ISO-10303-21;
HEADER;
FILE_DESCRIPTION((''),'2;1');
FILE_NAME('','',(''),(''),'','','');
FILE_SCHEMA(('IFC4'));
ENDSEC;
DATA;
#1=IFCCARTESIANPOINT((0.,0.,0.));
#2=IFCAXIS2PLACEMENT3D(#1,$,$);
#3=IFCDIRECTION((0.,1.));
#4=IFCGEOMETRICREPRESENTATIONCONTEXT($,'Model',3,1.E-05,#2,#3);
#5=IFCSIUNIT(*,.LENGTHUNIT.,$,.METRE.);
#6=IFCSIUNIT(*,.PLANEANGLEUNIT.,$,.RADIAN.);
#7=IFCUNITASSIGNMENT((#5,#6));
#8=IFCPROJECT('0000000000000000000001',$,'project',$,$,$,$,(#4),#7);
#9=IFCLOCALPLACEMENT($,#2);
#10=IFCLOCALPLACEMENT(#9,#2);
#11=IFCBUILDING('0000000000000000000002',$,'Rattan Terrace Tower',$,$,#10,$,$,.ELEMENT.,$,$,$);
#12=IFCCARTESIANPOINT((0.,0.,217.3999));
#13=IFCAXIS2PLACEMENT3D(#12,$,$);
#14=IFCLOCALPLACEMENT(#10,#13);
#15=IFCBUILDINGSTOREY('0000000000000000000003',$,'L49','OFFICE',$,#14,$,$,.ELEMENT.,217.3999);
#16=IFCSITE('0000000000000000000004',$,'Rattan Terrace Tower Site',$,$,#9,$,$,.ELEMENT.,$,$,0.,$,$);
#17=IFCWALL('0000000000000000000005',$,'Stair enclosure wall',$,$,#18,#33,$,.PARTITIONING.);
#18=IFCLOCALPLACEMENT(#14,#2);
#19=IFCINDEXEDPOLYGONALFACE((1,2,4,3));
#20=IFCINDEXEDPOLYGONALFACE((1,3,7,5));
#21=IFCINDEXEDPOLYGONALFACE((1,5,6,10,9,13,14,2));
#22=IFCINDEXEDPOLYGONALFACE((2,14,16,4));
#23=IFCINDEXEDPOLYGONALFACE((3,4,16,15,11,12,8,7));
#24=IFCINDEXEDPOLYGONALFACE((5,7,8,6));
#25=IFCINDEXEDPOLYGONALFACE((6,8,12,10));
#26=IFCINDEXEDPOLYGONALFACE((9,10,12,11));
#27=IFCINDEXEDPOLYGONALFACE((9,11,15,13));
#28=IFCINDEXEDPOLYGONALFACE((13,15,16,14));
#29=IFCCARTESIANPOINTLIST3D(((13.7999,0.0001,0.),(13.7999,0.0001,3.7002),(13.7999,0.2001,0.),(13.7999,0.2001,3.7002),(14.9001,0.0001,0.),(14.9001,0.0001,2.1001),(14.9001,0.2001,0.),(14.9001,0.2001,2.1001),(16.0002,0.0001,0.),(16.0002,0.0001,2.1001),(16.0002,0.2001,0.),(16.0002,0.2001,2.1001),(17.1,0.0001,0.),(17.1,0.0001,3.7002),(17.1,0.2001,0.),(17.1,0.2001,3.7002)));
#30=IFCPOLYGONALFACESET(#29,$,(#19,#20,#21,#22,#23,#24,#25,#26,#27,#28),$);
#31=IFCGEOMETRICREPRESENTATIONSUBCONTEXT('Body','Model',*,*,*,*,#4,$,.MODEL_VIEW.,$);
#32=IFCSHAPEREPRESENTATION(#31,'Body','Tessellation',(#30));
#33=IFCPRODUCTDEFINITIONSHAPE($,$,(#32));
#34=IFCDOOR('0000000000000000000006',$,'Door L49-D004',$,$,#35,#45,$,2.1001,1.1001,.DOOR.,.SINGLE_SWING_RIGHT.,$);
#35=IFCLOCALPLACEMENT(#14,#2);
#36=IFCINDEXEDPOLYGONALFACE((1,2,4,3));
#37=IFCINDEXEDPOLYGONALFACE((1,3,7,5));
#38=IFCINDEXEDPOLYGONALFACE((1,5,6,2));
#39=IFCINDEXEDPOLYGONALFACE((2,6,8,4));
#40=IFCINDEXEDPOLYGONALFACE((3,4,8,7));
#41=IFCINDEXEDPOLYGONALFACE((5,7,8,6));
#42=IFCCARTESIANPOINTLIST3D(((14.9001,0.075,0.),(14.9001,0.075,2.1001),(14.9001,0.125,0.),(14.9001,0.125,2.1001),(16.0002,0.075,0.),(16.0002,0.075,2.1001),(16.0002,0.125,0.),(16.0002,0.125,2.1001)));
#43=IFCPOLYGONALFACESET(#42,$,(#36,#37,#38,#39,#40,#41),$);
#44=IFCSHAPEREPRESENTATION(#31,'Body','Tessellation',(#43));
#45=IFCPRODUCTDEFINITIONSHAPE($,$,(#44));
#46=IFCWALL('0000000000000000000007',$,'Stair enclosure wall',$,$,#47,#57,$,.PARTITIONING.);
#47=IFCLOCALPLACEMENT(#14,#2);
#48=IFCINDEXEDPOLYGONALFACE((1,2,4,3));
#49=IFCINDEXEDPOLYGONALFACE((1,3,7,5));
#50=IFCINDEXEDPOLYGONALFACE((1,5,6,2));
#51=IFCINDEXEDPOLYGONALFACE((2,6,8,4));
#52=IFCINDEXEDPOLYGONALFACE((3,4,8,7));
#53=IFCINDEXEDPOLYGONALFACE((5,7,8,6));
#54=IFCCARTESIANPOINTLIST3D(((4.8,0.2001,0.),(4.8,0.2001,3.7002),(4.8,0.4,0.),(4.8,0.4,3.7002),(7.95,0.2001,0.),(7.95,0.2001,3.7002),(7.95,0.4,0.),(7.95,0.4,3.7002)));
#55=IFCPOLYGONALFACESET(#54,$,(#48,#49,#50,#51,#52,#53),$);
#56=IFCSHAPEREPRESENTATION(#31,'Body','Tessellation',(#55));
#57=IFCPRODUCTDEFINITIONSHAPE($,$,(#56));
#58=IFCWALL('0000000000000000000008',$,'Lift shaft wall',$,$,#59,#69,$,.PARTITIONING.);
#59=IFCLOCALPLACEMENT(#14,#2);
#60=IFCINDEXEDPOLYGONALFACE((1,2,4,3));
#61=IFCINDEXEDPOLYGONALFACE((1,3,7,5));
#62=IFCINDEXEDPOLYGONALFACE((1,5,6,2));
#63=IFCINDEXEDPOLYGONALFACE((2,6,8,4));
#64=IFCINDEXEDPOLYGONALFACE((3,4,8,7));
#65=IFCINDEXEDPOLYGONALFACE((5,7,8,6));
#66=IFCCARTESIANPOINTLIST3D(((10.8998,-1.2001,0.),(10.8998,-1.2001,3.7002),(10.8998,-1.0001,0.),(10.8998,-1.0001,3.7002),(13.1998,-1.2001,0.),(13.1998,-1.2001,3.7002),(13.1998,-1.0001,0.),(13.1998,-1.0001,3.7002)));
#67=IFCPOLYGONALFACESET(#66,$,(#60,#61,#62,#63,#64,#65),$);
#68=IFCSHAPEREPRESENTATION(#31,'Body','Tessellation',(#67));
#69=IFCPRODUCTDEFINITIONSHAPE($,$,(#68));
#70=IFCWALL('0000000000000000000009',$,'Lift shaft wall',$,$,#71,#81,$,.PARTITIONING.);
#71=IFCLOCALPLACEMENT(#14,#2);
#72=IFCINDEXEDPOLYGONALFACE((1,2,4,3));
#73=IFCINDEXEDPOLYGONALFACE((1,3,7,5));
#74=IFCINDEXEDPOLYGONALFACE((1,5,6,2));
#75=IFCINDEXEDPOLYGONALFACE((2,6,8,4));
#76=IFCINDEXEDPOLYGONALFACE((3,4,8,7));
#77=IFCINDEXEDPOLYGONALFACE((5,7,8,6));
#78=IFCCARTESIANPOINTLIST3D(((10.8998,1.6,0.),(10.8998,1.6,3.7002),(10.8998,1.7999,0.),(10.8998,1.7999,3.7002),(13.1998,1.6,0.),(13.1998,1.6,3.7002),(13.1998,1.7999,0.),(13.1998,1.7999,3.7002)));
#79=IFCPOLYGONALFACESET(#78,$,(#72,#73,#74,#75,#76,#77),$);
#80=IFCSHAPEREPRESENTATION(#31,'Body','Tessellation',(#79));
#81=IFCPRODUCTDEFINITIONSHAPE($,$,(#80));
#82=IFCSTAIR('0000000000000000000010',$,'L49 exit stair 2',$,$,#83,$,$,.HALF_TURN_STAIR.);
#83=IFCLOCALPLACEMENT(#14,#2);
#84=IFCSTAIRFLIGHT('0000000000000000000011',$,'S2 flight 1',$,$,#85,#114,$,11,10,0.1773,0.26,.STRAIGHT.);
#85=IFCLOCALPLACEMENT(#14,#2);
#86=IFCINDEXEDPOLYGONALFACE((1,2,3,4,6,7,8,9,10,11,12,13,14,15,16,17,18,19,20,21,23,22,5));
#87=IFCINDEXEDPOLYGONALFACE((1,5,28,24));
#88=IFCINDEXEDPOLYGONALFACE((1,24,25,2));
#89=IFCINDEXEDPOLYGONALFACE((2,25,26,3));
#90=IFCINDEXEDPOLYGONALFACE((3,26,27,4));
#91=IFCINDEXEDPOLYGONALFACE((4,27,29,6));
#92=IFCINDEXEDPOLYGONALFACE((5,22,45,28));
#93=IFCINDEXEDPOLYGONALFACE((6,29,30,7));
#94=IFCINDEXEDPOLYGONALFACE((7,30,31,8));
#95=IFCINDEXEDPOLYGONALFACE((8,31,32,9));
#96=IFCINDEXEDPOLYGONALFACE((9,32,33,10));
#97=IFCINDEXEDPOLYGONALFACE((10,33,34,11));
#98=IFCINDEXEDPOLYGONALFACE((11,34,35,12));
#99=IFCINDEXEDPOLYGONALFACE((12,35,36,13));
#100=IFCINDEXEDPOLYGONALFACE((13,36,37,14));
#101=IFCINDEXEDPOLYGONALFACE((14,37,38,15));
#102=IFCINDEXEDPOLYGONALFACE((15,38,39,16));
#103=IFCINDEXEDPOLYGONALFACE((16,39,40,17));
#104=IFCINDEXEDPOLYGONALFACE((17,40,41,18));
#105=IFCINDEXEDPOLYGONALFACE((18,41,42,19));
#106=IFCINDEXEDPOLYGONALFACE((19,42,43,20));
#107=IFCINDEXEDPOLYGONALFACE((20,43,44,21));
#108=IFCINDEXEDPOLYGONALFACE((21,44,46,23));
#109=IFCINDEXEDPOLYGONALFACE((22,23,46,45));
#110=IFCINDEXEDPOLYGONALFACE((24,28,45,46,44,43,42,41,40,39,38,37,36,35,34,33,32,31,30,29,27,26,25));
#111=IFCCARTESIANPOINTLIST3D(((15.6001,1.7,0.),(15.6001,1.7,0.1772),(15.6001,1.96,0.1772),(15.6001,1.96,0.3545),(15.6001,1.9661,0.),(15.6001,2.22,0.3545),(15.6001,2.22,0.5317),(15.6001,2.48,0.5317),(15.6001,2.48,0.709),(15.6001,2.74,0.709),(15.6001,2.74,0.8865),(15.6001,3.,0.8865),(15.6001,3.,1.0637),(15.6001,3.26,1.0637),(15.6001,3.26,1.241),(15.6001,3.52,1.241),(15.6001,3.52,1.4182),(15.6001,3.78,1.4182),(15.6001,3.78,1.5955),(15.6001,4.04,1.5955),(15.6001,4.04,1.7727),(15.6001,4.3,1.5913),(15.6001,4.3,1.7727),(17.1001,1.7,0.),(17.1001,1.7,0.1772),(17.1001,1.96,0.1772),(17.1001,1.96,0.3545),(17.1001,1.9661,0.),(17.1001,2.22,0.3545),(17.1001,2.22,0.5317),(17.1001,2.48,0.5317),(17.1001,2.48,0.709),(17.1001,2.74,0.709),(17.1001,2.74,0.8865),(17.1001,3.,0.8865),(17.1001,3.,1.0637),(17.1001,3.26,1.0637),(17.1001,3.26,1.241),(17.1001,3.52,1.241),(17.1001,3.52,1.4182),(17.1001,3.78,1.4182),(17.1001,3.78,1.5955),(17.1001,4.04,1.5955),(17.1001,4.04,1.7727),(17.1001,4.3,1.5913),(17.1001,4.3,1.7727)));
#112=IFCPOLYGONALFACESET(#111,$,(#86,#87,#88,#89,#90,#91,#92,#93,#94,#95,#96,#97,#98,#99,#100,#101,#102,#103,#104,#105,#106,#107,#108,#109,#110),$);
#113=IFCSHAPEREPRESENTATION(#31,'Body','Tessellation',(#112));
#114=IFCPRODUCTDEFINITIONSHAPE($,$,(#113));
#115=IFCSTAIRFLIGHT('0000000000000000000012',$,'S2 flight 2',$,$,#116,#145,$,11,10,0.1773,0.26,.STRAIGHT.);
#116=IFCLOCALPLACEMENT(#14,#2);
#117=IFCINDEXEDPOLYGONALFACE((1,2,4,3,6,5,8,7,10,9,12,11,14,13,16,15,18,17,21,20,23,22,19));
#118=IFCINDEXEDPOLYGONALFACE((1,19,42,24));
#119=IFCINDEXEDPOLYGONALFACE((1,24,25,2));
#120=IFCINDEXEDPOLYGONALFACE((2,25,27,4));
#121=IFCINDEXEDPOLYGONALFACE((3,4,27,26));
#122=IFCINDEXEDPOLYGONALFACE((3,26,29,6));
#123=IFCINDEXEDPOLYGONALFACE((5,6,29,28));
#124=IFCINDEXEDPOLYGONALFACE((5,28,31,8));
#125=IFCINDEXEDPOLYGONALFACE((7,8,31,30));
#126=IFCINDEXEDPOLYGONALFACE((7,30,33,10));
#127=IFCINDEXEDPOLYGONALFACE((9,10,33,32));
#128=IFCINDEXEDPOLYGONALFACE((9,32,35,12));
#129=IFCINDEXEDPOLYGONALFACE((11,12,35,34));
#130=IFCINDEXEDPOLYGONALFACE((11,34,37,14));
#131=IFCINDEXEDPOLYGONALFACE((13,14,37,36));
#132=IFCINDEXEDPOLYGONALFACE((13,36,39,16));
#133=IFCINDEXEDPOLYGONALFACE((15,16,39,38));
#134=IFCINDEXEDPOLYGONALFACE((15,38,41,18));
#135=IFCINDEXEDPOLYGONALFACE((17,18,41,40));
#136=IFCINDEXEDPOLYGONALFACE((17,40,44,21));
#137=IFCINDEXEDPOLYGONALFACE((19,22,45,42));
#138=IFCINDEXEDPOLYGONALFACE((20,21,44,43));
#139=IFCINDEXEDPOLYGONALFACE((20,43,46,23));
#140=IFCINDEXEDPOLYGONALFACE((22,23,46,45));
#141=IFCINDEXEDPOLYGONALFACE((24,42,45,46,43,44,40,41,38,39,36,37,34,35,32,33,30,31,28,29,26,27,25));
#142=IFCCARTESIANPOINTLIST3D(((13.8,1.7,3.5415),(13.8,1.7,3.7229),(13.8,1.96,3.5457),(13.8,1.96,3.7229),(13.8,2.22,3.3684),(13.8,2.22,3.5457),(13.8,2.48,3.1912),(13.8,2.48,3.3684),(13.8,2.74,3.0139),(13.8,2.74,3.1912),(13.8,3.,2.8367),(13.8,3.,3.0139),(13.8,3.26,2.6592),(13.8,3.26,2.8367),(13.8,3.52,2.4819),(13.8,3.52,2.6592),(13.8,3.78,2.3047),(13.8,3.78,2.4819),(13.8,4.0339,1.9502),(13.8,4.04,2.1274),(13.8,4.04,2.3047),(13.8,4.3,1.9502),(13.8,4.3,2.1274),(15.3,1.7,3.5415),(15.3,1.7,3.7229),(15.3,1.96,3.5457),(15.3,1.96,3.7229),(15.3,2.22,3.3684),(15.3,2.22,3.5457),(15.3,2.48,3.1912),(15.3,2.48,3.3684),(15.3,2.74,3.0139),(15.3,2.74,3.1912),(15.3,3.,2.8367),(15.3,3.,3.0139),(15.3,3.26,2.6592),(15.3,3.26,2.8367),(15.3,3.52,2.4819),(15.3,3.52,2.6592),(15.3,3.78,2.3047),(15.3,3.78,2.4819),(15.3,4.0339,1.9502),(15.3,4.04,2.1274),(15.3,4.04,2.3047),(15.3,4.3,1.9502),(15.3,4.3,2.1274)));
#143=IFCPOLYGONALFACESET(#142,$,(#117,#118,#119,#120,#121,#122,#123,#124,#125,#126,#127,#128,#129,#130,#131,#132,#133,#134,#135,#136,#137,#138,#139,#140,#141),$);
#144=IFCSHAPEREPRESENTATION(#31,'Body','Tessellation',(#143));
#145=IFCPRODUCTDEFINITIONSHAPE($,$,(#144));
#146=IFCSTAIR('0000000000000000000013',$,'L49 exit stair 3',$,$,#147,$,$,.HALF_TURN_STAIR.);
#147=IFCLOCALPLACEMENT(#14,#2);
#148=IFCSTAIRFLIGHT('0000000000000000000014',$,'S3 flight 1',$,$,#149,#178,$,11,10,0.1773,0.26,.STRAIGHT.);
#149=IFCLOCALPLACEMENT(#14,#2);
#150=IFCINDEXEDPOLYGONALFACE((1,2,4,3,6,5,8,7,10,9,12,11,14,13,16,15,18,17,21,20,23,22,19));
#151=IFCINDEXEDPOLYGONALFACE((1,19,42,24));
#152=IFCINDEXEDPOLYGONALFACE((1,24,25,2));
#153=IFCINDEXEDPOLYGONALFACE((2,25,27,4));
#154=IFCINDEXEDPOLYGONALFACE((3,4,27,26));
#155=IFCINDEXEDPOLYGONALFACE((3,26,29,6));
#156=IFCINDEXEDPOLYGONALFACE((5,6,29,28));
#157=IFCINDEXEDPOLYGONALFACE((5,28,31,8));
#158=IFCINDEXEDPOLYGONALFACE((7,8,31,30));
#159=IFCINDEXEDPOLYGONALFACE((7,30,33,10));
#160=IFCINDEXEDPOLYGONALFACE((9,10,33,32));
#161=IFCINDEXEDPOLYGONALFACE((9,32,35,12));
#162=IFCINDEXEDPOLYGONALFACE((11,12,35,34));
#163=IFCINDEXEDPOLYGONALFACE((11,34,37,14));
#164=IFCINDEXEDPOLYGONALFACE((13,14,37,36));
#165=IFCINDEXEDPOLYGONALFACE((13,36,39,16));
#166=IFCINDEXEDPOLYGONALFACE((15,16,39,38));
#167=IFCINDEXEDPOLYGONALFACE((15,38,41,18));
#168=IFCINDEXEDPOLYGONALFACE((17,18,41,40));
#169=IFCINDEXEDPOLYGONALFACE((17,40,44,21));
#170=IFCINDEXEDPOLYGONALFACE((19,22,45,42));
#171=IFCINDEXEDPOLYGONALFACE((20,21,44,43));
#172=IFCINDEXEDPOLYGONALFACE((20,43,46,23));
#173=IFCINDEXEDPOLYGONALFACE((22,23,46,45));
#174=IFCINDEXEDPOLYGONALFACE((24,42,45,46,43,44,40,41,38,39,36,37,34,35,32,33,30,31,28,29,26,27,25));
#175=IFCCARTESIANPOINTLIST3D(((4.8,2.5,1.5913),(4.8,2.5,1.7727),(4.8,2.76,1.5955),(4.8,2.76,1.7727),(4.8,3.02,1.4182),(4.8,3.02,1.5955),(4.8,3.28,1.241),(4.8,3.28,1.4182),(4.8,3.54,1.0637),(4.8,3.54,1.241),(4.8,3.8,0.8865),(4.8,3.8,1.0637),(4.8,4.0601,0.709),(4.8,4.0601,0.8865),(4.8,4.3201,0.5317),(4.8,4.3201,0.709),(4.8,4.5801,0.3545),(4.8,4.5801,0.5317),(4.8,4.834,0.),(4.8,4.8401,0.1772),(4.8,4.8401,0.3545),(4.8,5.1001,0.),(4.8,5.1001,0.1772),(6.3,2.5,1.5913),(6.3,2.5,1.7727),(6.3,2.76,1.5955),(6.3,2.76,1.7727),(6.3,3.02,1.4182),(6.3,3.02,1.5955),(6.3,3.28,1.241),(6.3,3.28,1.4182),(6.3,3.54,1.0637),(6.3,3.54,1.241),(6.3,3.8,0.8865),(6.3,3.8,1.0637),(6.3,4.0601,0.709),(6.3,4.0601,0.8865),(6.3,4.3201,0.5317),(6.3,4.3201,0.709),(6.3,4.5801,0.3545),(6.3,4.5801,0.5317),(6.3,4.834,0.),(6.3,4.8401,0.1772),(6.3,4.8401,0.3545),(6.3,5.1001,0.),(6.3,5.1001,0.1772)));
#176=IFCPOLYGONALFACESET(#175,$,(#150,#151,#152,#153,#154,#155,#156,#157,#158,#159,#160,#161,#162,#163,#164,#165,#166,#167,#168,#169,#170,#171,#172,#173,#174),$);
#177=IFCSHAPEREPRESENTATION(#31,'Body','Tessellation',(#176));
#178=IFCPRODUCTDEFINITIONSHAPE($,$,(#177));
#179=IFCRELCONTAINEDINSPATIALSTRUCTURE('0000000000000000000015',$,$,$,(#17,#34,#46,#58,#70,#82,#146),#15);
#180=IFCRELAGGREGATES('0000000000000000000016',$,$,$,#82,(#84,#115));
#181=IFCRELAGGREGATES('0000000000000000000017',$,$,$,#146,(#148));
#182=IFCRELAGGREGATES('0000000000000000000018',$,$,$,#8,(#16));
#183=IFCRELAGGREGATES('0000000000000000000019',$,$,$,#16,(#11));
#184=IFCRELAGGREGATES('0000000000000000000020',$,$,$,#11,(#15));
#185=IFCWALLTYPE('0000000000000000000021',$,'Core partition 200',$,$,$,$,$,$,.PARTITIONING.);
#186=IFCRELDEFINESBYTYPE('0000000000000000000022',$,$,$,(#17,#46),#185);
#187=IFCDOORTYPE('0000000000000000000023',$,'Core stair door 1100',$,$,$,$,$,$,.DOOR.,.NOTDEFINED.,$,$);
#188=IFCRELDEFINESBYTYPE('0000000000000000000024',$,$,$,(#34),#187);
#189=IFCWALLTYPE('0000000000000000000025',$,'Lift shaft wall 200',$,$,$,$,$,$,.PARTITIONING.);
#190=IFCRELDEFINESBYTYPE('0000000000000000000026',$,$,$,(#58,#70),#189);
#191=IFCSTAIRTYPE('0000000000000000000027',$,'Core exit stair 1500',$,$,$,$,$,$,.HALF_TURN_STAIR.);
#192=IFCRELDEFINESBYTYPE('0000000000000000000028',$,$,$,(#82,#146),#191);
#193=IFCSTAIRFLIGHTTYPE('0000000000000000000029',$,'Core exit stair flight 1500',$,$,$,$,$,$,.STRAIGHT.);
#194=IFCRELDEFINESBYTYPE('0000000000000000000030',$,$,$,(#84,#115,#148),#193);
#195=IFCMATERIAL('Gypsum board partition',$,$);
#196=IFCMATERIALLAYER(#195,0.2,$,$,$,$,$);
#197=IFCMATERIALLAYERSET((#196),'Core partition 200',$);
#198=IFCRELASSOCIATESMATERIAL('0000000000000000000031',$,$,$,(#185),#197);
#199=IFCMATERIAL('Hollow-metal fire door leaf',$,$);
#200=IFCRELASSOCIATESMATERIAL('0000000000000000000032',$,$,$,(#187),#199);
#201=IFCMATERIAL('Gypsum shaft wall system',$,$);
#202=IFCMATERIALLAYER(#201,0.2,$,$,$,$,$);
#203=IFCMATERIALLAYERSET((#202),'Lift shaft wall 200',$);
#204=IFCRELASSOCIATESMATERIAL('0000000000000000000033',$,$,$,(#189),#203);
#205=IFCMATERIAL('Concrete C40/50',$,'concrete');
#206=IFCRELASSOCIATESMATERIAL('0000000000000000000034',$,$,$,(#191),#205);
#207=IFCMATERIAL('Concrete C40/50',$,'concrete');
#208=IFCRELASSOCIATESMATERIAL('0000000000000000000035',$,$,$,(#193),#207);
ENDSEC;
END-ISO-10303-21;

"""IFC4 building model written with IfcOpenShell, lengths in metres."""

from ifc_helpers import new_model, si_unit, direction, frame, frame_2d, origin, place, context, subcontext, project, spatial, polyline, rectangle, outline, extrude, material, layer, layer_set, type_object, element, fill, aggregate, save


model = new_model("IFC4")

# Units and contexts
model_context = context("Model", 3, precision=1e-05, world=origin(), true_north=direction((0.0, 1.0)))
body_context = subcontext(model_context, "Body", "Model", "MODEL_VIEW")
ifc_project = project(units=[si_unit("LENGTHUNIT", "METRE"), si_unit("PLANEANGLEUNIT", "RADIAN")], contexts=[model_context])

# Site, building, storey
site_placement = place(None, origin())
site = spatial("IfcSite", under=ifc_project, at=site_placement, Name="Rattan Terrace Tower Site", CompositionType="ELEMENT", RefElevation=0.0)
building_placement = place(site_placement, origin())
building = spatial("IfcBuilding", under=site, at=building_placement, Name="Rattan Terrace Tower", CompositionType="ELEMENT")
storey_placement = place(building_placement, frame((0.0, 0.0, 217.3999)))
storey = spatial("IfcBuildingStorey", under=building, at=storey_placement, Name="L49", Description="OFFICE", CompositionType="ELEMENT", Elevation=217.3999)

# Wall, opening, door
ifc_material_1 = material(Name="Gypsum board partition")
ifc_layer_1 = layer(ifc_material_1, 0.2)
ifc_layer_set_1 = layer_set([ifc_layer_1], Name="Core partition 200")
wall_type_1 = type_object("IfcWallType", Name="Core partition 200", PredefinedType="PARTITIONING", material=ifc_layer_set_1)
wall_1_placement = place(storey_placement, frame((13.8, 0.1001, 0.0), z_axis=(0.0, 0.0, 1.0), x_axis=(1.0, 0.0, 0.0)))
wall_1 = element("IfcWall", 1, at=wall_1_placement, inside=storey, type_object=wall_type_1, Name="Stair enclosure wall", PredefinedType="PARTITIONING", context=body_context, shape_type="SweptSolid", body=[
    extrude(rectangle(XDim=3.3, YDim=0.2, at=frame_2d((1.6499, 0.0))), origin(), (0.0, 0.0, 1.0), 3.7002),
])
opening_placement = place(wall_1_placement, frame((1.1001, 0.0, 0.0)))
opening = element("IfcOpeningElement", 2, at=opening_placement, cuts=wall_1, PredefinedType="OPENING", context=body_context, shape_type="SweptSolid", body=[
    extrude(rectangle(XDim=1.1001, YDim=2.1001, at=frame_2d((0.55, 1.05))), frame((0.0, 0.1106, 0.0), z_axis=(0.0, -1.0, 0.0), x_axis=(1.0, 0.0, 0.0)), (0.0, 0.0, 1.0), 0.2209),
])
ifc_material_2 = material(Name="Hollow-metal fire door leaf")
door_type = type_object("IfcDoorType", Name="Core stair door 1100", OperationType="NOTDEFINED", PredefinedType="DOOR", material=ifc_material_2)
door_placement = place(opening_placement, origin())
door = element("IfcDoor", 3, at=door_placement, inside=storey, type_object=door_type, Name="Door L49-D004", OperationType="SINGLE_SWING_RIGHT", OverallHeight=2.1001, OverallWidth=1.1001, PredefinedType="DOOR", context=body_context, shape_type="SweptSolid", body=[
    extrude(rectangle(XDim=1.1001, YDim=2.1001, at=frame_2d((0.55, 1.05))), frame((0.0, 0.0249, 0.0), z_axis=(0.0, -1.0, 0.0), x_axis=(1.0, 0.0, 0.0)), (0.0, 0.0, 1.0), 0.05),
])
fill(opening, door)

# Walls
wall_2_placement = place(storey_placement, frame((4.8, 0.3, 0.0), z_axis=(0.0, 0.0, 1.0), x_axis=(1.0, 0.0, 0.0)))
element("IfcWall", 4, at=wall_2_placement, inside=storey, type_object=wall_type_1, Name="Stair enclosure wall", PredefinedType="PARTITIONING", context=body_context, shape_type="SweptSolid", body=[
    extrude(rectangle(XDim=3.1499, YDim=0.2, at=frame_2d((1.575, 0.0))), origin(), (0.0, 0.0, 1.0), 3.7002),
])
ifc_material_3 = material(Name="Gypsum shaft wall system")
ifc_layer_2 = layer(ifc_material_3, 0.2)
ifc_layer_set_2 = layer_set([ifc_layer_2], Name="Lift shaft wall 200")
wall_type_2 = type_object("IfcWallType", Name="Lift shaft wall 200", PredefinedType="PARTITIONING", material=ifc_layer_set_2)
for number, where, z_axis, x_axis, name in (
    (5, (10.8999, -1.1001, 0.0), (0.0, 0.0, 1.0), (1.0, 0.0, 0.0), "Lift shaft wall"),
    (6, (10.8999, 1.7, 0.0), (0.0, 0.0, 1.0), (1.0, 0.0, 0.0), "Lift shaft wall"),
):
    element("IfcWall", number, at=place(storey_placement, frame(where, z_axis=z_axis, x_axis=x_axis)), inside=storey, type_object=wall_type_2, Name=name, PredefinedType="PARTITIONING", context=body_context, shape_type="SweptSolid", body=[
        extrude(rectangle(XDim=2.3, YDim=0.2, at=frame_2d((1.1499, 0.0))), origin(), (0.0, 0.0, 1.0), 3.7002),
    ])

# Stairs, stair flights
ifc_material_4 = material(Name="Concrete C40/50", Category="concrete")
stair_type = type_object("IfcStairType", Name="Core exit stair 1500", PredefinedType="HALF_TURN_STAIR", material=ifc_material_4)
stair_1_placement = place(storey_placement, origin())
stair_1 = element("IfcStair", 7, at=stair_1_placement, inside=storey, type_object=stair_type, Name="L49 exit stair 2", PredefinedType="HALF_TURN_STAIR")
ifc_material_5 = material(Name="Concrete C40/50", Category="concrete")
stair_flight_type = type_object("IfcStairFlightType", Name="Core exit stair flight 1500", PredefinedType="STRAIGHT", material=ifc_material_5)
stair_flight_1_placement = place(storey_placement, frame((16.3501, 1.7, 0.0), z_axis=(0.0, 0.0, 1.0), x_axis=(0.0, 1.0, 0.0)))
stair_flight_1 = element("IfcStairFlight", 8, at=stair_flight_1_placement, type_object=stair_flight_type, Name="S2 flight 1", NumberOfRisers=11, NumberOfTreads=10, PredefinedType="STRAIGHT", RiserHeight=0.1773, TreadLength=0.26, context=body_context, shape_type="SweptSolid", body=[
    extrude(outline(polyline([(0.0, 0.0), (0.0, 0.1772), (0.26, 0.1772), (0.26, 0.3545), (0.52, 0.3545), (0.52, 0.5317), (0.78, 0.5317), (0.78, 0.709), (1.04, 0.709), (1.04, 0.8865), (1.3, 0.8865), (1.3, 1.0637), (1.5601, 1.0637), (1.5601, 1.241), (1.8201, 1.241), (1.8201, 1.4182), (2.0801, 1.4182), (2.0801, 1.5955), (2.3401, 1.5955), (2.3401, 1.7727), (2.6001, 1.7727), (2.6001, 1.95), (2.6001, 1.5913), (0.2661, 0.0), (0.0, 0.0)])), frame((0.0, 0.75, 0.0), z_axis=(0.0, -1.0, 0.0), x_axis=(1.0, 0.0, 0.0)), (0.0, 0.0, 1.0), 1.5),
])
stair_flight_2_placement = place(storey_placement, frame((14.55, 4.3, 1.9502), z_axis=(0.0, 0.0, 1.0), x_axis=(0.0, -1.0, 0.0)))
stair_flight_2 = element("IfcStairFlight", 9, at=stair_flight_2_placement, type_object=stair_flight_type, Name="S2 flight 2", NumberOfRisers=11, NumberOfTreads=10, PredefinedType="STRAIGHT", RiserHeight=0.1773, TreadLength=0.26, context=body_context, shape_type="SweptSolid", body=[
    extrude(outline(polyline([(0.0, 0.0), (0.0, 0.1772), (0.26, 0.1772), (0.26, 0.3545), (0.52, 0.3545), (0.52, 0.5317), (0.78, 0.5317), (0.78, 0.709), (1.04, 0.709), (1.04, 0.8865), (1.3, 0.8865), (1.3, 1.0637), (1.5601, 1.0637), (1.5601, 1.241), (1.8201, 1.241), (1.8201, 1.4182), (2.0801, 1.4182), (2.0801, 1.5955), (2.3401, 1.5955), (2.3401, 1.7727), (2.6001, 1.7727), (2.6001, 1.95), (2.6001, 1.5913), (0.2661, 0.0), (0.0, 0.0)])), frame((0.0, 0.75, 0.0), z_axis=(0.0, -1.0, 0.0), x_axis=(1.0, 0.0, 0.0)), (0.0, 0.0, 1.0), 1.5),
])
aggregate(stair_1, [stair_flight_1, stair_flight_2])
stair_2_placement = place(storey_placement, origin())
stair_2 = element("IfcStair", 10, at=stair_2_placement, inside=storey, type_object=stair_type, Name="L49 exit stair 3", PredefinedType="HALF_TURN_STAIR")
stair_flight_3_placement = place(storey_placement, frame((5.55, 5.1001, 0.0), z_axis=(0.0, 0.0, 1.0), x_axis=(0.0, -1.0, 0.0)))
stair_flight_3 = element("IfcStairFlight", 11, at=stair_flight_3_placement, type_object=stair_flight_type, Name="S3 flight 1", NumberOfRisers=11, NumberOfTreads=10, PredefinedType="STRAIGHT", RiserHeight=0.1773, TreadLength=0.26, context=body_context, shape_type="SweptSolid", body=[
    extrude(outline(polyline([(0.0, 0.0), (0.0, 0.1772), (0.26, 0.1772), (0.26, 0.3545), (0.52, 0.3545), (0.52, 0.5317), (0.78, 0.5317), (0.78, 0.709), (1.04, 0.709), (1.04, 0.8865), (1.3, 0.8865), (1.3, 1.0637), (1.5601, 1.0637), (1.5601, 1.241), (1.8201, 1.241), (1.8201, 1.4182), (2.0801, 1.4182), (2.0801, 1.5955), (2.3401, 1.5955), (2.3401, 1.7727), (2.6001, 1.7727), (2.6001, 1.95), (2.6001, 1.5913), (0.2661, 0.0), (0.0, 0.0)])), frame((0.0, 0.75, 0.0), z_axis=(0.0, -1.0, 0.0), x_axis=(1.0, 0.0, 0.0)), (0.0, 0.0, 1.0), 1.5),
])
aggregate(stair_2, [stair_flight_3])

save(model, "model.ifc")
